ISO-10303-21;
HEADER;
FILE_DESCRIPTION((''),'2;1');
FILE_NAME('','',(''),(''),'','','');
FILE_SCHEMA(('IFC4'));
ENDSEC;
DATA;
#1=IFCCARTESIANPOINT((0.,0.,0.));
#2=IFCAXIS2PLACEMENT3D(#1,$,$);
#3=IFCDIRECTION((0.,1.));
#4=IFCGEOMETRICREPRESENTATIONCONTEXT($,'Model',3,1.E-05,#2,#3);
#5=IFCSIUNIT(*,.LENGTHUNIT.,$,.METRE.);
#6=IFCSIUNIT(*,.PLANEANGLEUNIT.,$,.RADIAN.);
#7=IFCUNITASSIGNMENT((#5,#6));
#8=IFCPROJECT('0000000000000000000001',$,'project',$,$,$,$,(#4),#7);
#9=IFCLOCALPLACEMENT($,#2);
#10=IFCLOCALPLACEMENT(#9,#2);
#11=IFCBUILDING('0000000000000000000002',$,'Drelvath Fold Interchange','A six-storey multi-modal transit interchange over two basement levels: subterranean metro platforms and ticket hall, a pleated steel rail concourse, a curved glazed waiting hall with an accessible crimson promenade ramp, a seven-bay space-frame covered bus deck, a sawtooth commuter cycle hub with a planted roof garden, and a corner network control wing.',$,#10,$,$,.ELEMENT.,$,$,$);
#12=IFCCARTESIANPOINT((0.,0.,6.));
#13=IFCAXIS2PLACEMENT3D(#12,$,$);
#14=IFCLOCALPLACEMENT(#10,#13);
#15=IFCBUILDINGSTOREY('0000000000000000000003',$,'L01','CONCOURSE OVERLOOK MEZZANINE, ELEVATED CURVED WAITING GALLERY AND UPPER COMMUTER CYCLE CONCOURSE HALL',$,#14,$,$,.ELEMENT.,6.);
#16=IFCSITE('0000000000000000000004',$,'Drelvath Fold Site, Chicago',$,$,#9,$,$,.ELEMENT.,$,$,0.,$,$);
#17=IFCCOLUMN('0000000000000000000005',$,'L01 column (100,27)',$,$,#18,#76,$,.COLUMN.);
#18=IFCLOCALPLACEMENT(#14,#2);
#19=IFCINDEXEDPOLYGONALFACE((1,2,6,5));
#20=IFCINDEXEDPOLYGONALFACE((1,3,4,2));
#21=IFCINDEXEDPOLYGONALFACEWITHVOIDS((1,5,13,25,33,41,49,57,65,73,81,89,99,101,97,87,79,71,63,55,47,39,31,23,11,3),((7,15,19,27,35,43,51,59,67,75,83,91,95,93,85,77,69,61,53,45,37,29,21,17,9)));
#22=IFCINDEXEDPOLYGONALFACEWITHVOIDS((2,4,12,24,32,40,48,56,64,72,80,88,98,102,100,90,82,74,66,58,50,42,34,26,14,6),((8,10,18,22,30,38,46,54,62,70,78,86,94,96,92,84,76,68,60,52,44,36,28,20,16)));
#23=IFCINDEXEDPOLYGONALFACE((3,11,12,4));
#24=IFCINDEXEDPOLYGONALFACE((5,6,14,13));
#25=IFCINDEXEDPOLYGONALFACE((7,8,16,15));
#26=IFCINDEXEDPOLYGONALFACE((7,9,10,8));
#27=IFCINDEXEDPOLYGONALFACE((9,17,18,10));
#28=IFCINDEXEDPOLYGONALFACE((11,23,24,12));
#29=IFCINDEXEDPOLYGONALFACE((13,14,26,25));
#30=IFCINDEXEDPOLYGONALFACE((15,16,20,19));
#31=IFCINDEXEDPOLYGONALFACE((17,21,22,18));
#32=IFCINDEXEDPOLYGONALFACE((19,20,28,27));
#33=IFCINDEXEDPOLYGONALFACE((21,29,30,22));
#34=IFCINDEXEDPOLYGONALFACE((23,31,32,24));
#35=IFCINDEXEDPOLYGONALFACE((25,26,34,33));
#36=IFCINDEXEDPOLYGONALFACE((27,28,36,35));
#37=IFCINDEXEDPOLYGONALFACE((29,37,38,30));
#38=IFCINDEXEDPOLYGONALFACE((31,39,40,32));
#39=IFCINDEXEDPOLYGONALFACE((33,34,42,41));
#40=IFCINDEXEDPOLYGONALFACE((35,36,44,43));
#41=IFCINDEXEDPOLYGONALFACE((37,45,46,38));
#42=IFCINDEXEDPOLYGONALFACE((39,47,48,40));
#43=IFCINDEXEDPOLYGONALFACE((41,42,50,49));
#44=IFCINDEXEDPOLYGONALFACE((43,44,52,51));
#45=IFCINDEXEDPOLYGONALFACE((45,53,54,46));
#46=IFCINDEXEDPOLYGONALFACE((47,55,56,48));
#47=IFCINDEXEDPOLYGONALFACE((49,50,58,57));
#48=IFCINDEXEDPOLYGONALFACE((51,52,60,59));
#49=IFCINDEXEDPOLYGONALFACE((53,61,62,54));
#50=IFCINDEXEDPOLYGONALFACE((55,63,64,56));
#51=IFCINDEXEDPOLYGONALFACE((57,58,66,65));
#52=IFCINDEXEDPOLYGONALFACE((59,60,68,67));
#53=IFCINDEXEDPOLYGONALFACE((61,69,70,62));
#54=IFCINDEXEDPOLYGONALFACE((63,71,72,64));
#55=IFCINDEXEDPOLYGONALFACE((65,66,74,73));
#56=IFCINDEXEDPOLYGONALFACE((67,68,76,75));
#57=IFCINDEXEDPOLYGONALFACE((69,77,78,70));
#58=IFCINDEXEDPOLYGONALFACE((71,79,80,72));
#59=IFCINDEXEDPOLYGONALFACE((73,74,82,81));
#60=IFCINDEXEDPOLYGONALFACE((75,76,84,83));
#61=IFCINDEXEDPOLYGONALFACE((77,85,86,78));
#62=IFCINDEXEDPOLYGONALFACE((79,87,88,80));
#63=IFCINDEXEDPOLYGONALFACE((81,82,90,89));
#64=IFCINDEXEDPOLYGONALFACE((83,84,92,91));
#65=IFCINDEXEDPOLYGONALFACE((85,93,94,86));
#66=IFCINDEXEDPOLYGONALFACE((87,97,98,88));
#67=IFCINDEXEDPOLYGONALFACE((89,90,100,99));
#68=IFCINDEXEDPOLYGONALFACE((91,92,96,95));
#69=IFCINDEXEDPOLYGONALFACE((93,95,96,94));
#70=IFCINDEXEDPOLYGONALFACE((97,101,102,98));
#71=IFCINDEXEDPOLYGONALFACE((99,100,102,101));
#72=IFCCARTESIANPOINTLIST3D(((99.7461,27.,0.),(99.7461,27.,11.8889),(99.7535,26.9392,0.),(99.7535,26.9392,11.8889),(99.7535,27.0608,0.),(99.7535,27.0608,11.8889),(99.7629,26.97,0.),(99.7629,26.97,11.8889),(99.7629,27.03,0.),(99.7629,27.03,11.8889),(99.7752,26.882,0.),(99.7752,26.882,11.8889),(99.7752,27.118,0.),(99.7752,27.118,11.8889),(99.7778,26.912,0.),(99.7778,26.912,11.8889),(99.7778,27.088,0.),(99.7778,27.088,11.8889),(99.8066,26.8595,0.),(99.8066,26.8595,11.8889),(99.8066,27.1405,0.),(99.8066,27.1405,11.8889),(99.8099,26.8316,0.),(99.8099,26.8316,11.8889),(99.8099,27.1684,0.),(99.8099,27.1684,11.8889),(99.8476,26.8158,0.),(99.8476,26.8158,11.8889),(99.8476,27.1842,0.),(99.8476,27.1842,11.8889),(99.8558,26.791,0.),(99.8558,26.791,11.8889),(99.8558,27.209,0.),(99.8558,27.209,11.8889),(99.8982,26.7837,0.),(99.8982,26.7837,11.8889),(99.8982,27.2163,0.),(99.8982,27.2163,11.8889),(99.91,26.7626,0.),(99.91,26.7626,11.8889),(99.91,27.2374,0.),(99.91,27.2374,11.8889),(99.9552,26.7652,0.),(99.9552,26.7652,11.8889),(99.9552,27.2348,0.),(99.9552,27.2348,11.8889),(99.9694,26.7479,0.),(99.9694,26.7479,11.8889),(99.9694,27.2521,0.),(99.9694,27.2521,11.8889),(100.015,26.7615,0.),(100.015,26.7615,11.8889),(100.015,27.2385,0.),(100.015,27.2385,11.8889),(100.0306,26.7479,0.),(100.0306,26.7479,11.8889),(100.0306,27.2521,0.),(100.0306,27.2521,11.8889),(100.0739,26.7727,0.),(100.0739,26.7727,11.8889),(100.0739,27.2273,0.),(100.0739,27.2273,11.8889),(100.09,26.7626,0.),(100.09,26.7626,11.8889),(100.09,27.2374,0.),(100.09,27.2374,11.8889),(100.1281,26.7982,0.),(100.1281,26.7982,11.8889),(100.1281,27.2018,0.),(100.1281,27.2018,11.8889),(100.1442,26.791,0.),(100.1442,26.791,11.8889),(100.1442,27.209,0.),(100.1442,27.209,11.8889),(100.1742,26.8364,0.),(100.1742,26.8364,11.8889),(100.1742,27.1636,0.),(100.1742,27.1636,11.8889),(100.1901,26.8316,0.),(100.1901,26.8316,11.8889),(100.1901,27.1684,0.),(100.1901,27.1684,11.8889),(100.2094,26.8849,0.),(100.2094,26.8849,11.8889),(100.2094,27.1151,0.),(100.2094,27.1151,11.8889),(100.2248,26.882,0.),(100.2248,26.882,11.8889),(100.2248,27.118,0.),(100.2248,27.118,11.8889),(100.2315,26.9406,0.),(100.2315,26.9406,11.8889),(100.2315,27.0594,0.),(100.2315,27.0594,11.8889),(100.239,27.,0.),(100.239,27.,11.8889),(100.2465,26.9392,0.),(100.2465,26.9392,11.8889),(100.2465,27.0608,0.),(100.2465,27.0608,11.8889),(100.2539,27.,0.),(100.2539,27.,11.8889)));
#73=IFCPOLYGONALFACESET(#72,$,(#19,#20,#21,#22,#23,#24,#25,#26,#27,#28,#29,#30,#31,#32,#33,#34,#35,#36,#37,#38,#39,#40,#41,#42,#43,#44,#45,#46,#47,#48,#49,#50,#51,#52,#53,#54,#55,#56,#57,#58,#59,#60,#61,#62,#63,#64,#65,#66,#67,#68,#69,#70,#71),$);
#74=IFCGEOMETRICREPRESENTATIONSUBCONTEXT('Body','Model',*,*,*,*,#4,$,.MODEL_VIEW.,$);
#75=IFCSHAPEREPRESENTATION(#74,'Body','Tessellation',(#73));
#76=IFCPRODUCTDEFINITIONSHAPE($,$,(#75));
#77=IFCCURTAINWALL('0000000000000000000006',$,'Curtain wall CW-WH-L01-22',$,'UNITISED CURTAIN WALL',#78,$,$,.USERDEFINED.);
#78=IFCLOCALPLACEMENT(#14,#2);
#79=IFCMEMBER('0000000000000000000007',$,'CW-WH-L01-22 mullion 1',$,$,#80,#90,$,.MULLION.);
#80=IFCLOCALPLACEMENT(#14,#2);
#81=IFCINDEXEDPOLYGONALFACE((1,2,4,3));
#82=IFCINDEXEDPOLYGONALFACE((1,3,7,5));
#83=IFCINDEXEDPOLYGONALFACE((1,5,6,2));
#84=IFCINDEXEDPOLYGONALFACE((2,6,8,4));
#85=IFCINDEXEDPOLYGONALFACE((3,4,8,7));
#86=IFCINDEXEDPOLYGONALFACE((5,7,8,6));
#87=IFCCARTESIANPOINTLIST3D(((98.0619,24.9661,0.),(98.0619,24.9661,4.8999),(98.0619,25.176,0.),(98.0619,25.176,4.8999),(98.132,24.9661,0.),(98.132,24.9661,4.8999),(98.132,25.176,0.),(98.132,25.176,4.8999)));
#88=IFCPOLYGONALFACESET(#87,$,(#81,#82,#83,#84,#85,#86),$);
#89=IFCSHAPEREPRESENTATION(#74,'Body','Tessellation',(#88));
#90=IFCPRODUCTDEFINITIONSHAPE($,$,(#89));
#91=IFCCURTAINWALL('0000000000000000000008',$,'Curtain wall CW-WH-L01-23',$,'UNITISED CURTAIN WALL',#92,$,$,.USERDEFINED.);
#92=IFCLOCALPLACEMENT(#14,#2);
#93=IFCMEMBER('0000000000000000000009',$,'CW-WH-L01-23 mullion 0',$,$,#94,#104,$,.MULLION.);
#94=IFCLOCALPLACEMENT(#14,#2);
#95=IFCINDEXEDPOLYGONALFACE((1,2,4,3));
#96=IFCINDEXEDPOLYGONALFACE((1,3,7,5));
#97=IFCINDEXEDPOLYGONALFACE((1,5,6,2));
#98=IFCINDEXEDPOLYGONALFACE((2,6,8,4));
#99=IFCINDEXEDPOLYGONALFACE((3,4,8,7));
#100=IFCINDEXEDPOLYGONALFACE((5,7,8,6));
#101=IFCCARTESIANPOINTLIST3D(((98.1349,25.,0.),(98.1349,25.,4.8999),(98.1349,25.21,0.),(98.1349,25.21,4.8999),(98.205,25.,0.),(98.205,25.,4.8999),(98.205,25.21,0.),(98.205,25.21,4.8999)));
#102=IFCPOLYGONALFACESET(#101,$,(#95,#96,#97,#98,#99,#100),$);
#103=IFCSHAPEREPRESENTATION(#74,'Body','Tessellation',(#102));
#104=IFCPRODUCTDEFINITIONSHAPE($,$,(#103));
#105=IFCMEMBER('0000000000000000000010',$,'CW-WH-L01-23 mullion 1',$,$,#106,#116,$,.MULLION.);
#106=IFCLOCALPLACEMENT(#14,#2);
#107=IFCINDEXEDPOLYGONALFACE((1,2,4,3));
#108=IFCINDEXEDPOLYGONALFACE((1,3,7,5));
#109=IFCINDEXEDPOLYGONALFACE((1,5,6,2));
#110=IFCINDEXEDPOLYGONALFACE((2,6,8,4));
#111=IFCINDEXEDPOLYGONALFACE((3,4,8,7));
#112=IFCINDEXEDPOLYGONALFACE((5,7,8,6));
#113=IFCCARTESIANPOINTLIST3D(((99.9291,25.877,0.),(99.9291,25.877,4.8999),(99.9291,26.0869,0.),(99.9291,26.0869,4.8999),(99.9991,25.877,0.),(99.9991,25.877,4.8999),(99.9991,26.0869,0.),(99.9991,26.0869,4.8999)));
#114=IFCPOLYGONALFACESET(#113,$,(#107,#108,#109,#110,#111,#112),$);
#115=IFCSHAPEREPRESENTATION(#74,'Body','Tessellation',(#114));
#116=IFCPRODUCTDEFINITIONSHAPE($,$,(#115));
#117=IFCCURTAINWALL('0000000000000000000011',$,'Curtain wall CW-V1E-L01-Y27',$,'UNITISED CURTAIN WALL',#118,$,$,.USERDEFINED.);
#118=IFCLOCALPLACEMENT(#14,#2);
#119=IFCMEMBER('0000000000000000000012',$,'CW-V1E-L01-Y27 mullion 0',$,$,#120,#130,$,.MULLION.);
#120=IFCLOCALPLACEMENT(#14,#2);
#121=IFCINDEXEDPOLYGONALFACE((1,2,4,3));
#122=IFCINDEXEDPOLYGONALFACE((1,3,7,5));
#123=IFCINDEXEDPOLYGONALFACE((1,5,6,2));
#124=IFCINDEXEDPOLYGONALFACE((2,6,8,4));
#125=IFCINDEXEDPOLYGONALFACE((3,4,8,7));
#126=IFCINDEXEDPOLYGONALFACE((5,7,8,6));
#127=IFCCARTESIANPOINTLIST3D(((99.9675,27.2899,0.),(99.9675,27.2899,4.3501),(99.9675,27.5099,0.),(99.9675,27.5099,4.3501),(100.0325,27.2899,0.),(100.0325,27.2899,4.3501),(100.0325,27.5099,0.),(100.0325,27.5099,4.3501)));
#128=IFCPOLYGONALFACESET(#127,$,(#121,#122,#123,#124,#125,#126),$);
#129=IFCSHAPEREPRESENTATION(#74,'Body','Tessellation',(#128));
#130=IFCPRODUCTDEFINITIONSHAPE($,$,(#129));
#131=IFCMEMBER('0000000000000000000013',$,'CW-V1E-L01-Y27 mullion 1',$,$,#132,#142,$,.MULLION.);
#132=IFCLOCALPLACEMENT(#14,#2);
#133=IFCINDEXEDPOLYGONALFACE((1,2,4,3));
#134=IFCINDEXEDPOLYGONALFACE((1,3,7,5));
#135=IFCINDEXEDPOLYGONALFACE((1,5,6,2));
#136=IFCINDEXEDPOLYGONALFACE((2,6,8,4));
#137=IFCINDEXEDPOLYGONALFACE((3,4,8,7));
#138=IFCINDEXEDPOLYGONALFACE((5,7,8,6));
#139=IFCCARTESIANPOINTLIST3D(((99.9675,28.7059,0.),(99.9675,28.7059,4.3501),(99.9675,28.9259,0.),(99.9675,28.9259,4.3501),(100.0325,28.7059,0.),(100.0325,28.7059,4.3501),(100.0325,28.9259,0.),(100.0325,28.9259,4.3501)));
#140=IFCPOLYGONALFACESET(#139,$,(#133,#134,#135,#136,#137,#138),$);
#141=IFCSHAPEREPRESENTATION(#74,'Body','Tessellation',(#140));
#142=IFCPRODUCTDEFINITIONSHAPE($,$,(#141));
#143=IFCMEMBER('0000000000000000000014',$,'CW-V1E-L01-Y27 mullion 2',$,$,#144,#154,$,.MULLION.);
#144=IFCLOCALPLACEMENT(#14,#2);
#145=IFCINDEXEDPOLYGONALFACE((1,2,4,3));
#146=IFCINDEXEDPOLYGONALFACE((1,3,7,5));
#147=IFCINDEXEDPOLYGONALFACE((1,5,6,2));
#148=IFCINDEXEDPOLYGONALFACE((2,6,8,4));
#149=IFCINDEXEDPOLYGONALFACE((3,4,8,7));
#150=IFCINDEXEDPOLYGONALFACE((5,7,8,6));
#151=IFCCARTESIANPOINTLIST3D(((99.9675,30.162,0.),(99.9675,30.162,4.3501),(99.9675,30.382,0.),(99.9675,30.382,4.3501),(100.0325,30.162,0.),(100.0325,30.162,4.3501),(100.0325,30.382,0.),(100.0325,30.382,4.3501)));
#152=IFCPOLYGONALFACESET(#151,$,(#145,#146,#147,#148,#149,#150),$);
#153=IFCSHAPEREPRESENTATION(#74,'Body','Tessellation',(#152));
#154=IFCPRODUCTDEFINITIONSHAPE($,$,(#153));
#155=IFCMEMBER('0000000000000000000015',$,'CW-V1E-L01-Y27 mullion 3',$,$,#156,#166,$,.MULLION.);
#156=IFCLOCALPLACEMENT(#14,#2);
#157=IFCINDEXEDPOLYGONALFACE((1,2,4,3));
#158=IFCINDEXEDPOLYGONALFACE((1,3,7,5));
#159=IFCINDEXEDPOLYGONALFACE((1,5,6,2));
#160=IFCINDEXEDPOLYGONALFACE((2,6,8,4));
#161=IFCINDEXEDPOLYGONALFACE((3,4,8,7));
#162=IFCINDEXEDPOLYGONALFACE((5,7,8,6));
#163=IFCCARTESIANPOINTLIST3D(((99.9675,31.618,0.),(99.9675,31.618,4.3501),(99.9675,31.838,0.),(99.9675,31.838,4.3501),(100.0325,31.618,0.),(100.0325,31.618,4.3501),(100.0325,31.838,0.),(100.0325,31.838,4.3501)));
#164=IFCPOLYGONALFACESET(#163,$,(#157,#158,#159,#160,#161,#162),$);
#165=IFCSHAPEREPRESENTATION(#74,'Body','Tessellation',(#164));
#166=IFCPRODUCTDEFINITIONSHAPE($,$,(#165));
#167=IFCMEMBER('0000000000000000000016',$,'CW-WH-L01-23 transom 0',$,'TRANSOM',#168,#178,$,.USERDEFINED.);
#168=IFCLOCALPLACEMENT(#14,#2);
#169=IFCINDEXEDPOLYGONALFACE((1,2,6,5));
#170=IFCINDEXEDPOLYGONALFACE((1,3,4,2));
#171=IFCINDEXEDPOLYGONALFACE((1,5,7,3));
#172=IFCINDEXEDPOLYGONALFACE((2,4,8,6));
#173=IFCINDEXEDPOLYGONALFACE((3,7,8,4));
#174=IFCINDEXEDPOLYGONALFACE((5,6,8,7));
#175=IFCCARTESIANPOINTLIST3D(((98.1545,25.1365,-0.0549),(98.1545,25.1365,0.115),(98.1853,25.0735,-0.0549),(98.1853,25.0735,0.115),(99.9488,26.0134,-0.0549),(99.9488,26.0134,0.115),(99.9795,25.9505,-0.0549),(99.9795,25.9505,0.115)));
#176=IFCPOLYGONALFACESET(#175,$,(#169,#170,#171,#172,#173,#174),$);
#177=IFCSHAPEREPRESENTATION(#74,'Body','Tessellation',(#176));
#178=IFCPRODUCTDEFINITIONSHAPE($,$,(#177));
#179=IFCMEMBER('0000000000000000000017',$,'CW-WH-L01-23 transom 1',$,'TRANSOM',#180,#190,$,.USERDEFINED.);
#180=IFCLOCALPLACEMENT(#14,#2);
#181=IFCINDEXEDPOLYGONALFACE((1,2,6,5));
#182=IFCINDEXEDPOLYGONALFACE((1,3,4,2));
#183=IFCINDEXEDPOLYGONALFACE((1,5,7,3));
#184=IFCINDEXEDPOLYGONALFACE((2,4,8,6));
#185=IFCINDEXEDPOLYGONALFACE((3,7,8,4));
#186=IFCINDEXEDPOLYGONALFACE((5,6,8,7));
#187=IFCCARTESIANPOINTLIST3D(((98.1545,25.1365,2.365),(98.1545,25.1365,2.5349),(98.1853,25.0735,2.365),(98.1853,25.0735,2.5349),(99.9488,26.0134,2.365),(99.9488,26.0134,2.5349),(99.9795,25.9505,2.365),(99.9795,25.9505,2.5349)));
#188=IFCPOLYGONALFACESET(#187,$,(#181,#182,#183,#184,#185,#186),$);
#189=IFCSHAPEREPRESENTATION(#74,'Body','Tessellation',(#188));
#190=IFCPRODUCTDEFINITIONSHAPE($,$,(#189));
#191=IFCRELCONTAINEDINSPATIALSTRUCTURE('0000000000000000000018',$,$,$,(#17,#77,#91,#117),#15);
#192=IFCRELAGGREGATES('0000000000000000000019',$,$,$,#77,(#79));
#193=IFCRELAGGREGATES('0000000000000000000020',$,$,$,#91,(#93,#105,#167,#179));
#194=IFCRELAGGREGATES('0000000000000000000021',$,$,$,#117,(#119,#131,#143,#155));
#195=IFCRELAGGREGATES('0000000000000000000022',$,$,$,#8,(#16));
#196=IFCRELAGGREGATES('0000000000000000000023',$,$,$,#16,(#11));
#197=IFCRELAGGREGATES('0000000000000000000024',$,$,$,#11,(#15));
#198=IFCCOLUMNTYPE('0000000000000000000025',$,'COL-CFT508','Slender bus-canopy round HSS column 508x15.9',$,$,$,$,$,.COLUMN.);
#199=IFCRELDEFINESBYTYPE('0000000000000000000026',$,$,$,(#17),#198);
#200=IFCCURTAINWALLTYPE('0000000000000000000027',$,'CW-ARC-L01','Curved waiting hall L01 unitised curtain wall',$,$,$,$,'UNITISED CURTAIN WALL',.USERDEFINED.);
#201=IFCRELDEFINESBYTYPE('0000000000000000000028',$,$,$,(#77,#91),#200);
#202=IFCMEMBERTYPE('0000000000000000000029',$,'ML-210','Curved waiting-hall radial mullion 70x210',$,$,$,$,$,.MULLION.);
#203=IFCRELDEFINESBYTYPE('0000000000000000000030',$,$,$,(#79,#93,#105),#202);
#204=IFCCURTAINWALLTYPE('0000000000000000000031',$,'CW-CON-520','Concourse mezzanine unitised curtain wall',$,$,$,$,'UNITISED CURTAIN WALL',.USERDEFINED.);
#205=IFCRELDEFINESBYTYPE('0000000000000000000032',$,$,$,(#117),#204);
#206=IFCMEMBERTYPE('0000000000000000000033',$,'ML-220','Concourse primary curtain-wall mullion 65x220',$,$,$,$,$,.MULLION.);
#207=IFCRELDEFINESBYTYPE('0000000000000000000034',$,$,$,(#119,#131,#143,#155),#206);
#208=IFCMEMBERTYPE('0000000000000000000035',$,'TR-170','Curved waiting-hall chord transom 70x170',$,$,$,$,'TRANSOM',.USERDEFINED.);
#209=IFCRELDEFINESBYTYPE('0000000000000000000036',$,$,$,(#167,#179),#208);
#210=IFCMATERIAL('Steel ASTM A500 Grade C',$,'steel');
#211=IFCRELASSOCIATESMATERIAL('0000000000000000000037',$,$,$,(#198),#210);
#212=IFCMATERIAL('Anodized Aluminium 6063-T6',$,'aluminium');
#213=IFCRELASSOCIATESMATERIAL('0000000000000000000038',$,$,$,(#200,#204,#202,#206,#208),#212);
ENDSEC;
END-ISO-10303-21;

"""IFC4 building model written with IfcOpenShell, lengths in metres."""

from ifc_helpers import new_model, si_unit, direction, frame, origin, origin_2d, place, context, subcontext, project, spatial, rectangle, hollow_circle, extrude, material, material_profile, profile_set, type_object, element, aggregate, save


model = new_model("IFC4")

# Units and contexts
model_context = context("Model", 3, precision=1e-05, world=origin(), true_north=direction((0.0, 1.0)))
body_context = subcontext(model_context, "Body", "Model", "MODEL_VIEW")
ifc_project = project(units=[si_unit("LENGTHUNIT", "METRE"), si_unit("PLANEANGLEUNIT", "RADIAN")], contexts=[model_context])

# Site, building, storey
site_placement = place(None, origin())
site = spatial("IfcSite", under=ifc_project, at=site_placement, Name="Drelvath Fold Site, Chicago", CompositionType="ELEMENT", RefElevation=0.0)
building_placement = place(site_placement, origin())
building = spatial("IfcBuilding", under=site, at=building_placement, Name="Drelvath Fold Interchange", Description="A six-storey multi-modal transit interchange over two basement levels: subterranean metro platforms and ticket hall, a pleated steel rail concourse, a curved glazed waiting hall with an accessible crimson promenade ramp, a seven-bay space-frame covered bus deck, a sawtooth commuter cycle hub with a planted roof garden, and a corner network control wing.", CompositionType="ELEMENT")
storey_placement = place(building_placement, frame((0.0, 0.0, 6.0)))
storey = spatial("IfcBuildingStorey", under=building, at=storey_placement, Name="L01", Description="CONCOURSE OVERLOOK MEZZANINE, ELEVATED CURVED WAITING GALLERY AND UPPER COMMUTER CYCLE CONCOURSE HALL", CompositionType="ELEMENT", Elevation=6.0)

# Column
ifc_material_1 = material(Name="Steel ASTM A500 Grade C", Category="steel")
ifc_material_profile_1 = material_profile(ifc_material_1, hollow_circle(Radius=0.2539, WallThickness=0.0149, at=origin_2d()), Name="HSS20.000X0.625")
ifc_profile_set_1 = profile_set([ifc_material_profile_1], Name="Steel ASTM A500 Grade C")
column_type = type_object("IfcColumnType", Name="COL-CFT508", Description="Slender bus-canopy round HSS column 508x15.9", PredefinedType="COLUMN", material=ifc_profile_set_1)
column_placement = place(storey_placement, frame((100.0, 27.0, 0.0), z_axis=(0.0, 0.0, 1.0), x_axis=(1.0, 0.0, 0.0)))
element("IfcColumn", 1, at=column_placement, inside=storey, type_object=column_type, Name="L01 column (100,27)", PredefinedType="COLUMN", context=body_context, shape_type="SweptSolid", body=[
    extrude(hollow_circle(Radius=0.2539, WallThickness=0.0149, at=origin_2d()), origin(), (0.0, 0.0, 1.0), 11.8889),
])

# Curtain wall, member
ifc_material_2 = material(Name="Anodized Aluminium 6063-T6", Category="aluminium")
curtain_wall_type_1 = type_object("IfcCurtainWallType", Name="CW-ARC-L01", Description="Curved waiting hall L01 unitised curtain wall", ElementType="UNITISED CURTAIN WALL", PredefinedType="USERDEFINED", material=ifc_material_2)
curtain_wall_1_placement = place(storey_placement, origin())
curtain_wall_1 = element("IfcCurtainWall", 2, at=curtain_wall_1_placement, inside=storey, type_object=curtain_wall_type_1, Name="Curtain wall CW-WH-L01-22", ObjectType="UNITISED CURTAIN WALL", PredefinedType="USERDEFINED")
ifc_material_profile_2 = material_profile(ifc_material_2, rectangle(XDim=0.0701, YDim=0.21, at=origin_2d()), Name="AL-M 70x210")
ifc_profile_set_2 = profile_set([ifc_material_profile_2], Name="Anodized Aluminium 6063-T6")
member_type_1 = type_object("IfcMemberType", Name="ML-210", Description="Curved waiting-hall radial mullion 70x210", PredefinedType="MULLION", material=ifc_profile_set_2)
member_1_placement = place(storey_placement, frame((98.0969, 25.071, 0.0), z_axis=(0.0, 0.0, 1.0), x_axis=(1.0, 0.0, 0.0)))
member_1 = element("IfcMember", 3, at=member_1_placement, type_object=member_type_1, Name="CW-WH-L01-22 mullion 1", PredefinedType="MULLION", context=body_context, shape_type="SweptSolid", body=[
    extrude(rectangle(XDim=0.0701, YDim=0.21, at=origin_2d()), origin(), (0.0, 0.0, 1.0), 4.8999),
])

# Curtain walls, members
curtain_wall_2_placement = place(storey_placement, origin())
curtain_wall_2 = element("IfcCurtainWall", 4, at=curtain_wall_2_placement, inside=storey, type_object=curtain_wall_type_1, Name="Curtain wall CW-WH-L01-23", ObjectType="UNITISED CURTAIN WALL", PredefinedType="USERDEFINED")
member_2_placement = place(storey_placement, frame((98.1699, 25.105, 0.0), z_axis=(0.0, 0.0, 1.0), x_axis=(1.0, 0.0, 0.0)))
member_2 = element("IfcMember", 5, at=member_2_placement, type_object=member_type_1, Name="CW-WH-L01-23 mullion 0", PredefinedType="MULLION", context=body_context, shape_type="SweptSolid", body=[
    extrude(rectangle(XDim=0.0701, YDim=0.21, at=origin_2d()), origin(), (0.0, 0.0, 1.0), 4.8999),
])
member_3_placement = place(storey_placement, frame((99.9641, 25.9819, 0.0), z_axis=(0.0, 0.0, 1.0), x_axis=(1.0, 0.0, 0.0)))
member_3 = element("IfcMember", 6, at=member_3_placement, type_object=member_type_1, Name="CW-WH-L01-23 mullion 1", PredefinedType="MULLION", context=body_context, shape_type="SweptSolid", body=[
    extrude(rectangle(XDim=0.0701, YDim=0.21, at=origin_2d()), origin(), (0.0, 0.0, 1.0), 4.8999),
])
curtain_wall_type_2 = type_object("IfcCurtainWallType", Name="CW-CON-520", Description="Concourse mezzanine unitised curtain wall", ElementType="UNITISED CURTAIN WALL", PredefinedType="USERDEFINED", material=ifc_material_2)
curtain_wall_3_placement = place(storey_placement, origin())
curtain_wall_3 = element("IfcCurtainWall", 7, at=curtain_wall_3_placement, inside=storey, type_object=curtain_wall_type_2, Name="Curtain wall CW-V1E-L01-Y27", ObjectType="UNITISED CURTAIN WALL", PredefinedType="USERDEFINED")
ifc_material_profile_3 = material_profile(ifc_material_2, rectangle(XDim=0.0649, YDim=0.22, at=origin_2d()), Name="AL-M 65x220")
ifc_profile_set_3 = profile_set([ifc_material_profile_3], Name="Anodized Aluminium 6063-T6")
member_type_2 = type_object("IfcMemberType", Name="ML-220", Description="Concourse primary curtain-wall mullion 65x220", PredefinedType="MULLION", material=ifc_profile_set_3)
member_4_placement = place(storey_placement, frame((100.0, 27.3999, 0.0), z_axis=(0.0, 0.0, 1.0), x_axis=(1.0, 0.0, 0.0)))
member_4 = element("IfcMember", 8, at=member_4_placement, type_object=member_type_2, Name="CW-V1E-L01-Y27 mullion 0", PredefinedType="MULLION", context=body_context, shape_type="SweptSolid", body=[
    extrude(rectangle(XDim=0.0649, YDim=0.22, at=origin_2d()), origin(), (0.0, 0.0, 1.0), 4.3501),
])
member_5_placement = place(storey_placement, frame((100.0, 28.8159, 0.0), z_axis=(0.0, 0.0, 1.0), x_axis=(1.0, 0.0, 0.0)))
member_5 = element("IfcMember", 9, at=member_5_placement, type_object=member_type_2, Name="CW-V1E-L01-Y27 mullion 1", PredefinedType="MULLION", context=body_context, shape_type="SweptSolid", body=[
    extrude(rectangle(XDim=0.0649, YDim=0.22, at=origin_2d()), origin(), (0.0, 0.0, 1.0), 4.3501),
])
member_6_placement = place(storey_placement, frame((100.0, 30.272, 0.0), z_axis=(0.0, 0.0, 1.0), x_axis=(1.0, 0.0, 0.0)))
member_6 = element("IfcMember", 10, at=member_6_placement, type_object=member_type_2, Name="CW-V1E-L01-Y27 mullion 2", PredefinedType="MULLION", context=body_context, shape_type="SweptSolid", body=[
    extrude(rectangle(XDim=0.0649, YDim=0.22, at=origin_2d()), origin(), (0.0, 0.0, 1.0), 4.3501),
])
member_7_placement = place(storey_placement, frame((100.0, 31.728, 0.0), z_axis=(0.0, 0.0, 1.0), x_axis=(1.0, 0.0, 0.0)))
member_7 = element("IfcMember", 11, at=member_7_placement, type_object=member_type_2, Name="CW-V1E-L01-Y27 mullion 3", PredefinedType="MULLION", context=body_context, shape_type="SweptSolid", body=[
    extrude(rectangle(XDim=0.0649, YDim=0.22, at=origin_2d()), origin(), (0.0, 0.0, 1.0), 4.3501),
])

# Members
ifc_material_profile_4 = material_profile(ifc_material_2, rectangle(XDim=0.0701, YDim=0.1699, at=origin_2d()), Name="AL-T 70x170")
ifc_profile_set_4 = profile_set([ifc_material_profile_4], Name="Anodized Aluminium 6063-T6")
member_type_3 = type_object("IfcMemberType", Name="TR-170", Description="Curved waiting-hall chord transom 70x170", ElementType="TRANSOM", PredefinedType="USERDEFINED", material=ifc_profile_set_4)
member_8_placement = place(storey_placement, frame((98.1699, 25.105, 0.03), z_axis=(0.898425, 0.439127, 0.0), x_axis=(-0.439127, 0.898425, 0.0)))
member_8 = element("IfcMember", 12, at=member_8_placement, type_object=member_type_3, Name="CW-WH-L01-23 transom 0", ObjectType="TRANSOM", PredefinedType="USERDEFINED", context=body_context, shape_type="SweptSolid", body=[
    extrude(rectangle(XDim=0.0701, YDim=0.1699, at=origin_2d()), origin(), (0.0, 0.0, 1.0), 1.9971),
])
member_9_placement = place(storey_placement, frame((98.1699, 25.105, 2.45), z_axis=(0.898425, 0.439127, 0.0), x_axis=(-0.439127, 0.898425, 0.0)))
member_9 = element("IfcMember", 13, at=member_9_placement, type_object=member_type_3, Name="CW-WH-L01-23 transom 1", ObjectType="TRANSOM", PredefinedType="USERDEFINED", context=body_context, shape_type="SweptSolid", body=[
    extrude(rectangle(XDim=0.0701, YDim=0.1699, at=origin_2d()), origin(), (0.0, 0.0, 1.0), 1.9971),
])

aggregate(curtain_wall_1, [member_1])
aggregate(curtain_wall_2, [member_2, member_3, member_8, member_9])
aggregate(curtain_wall_3, [member_4, member_5, member_6, member_7])

save(model, "model.ifc")
